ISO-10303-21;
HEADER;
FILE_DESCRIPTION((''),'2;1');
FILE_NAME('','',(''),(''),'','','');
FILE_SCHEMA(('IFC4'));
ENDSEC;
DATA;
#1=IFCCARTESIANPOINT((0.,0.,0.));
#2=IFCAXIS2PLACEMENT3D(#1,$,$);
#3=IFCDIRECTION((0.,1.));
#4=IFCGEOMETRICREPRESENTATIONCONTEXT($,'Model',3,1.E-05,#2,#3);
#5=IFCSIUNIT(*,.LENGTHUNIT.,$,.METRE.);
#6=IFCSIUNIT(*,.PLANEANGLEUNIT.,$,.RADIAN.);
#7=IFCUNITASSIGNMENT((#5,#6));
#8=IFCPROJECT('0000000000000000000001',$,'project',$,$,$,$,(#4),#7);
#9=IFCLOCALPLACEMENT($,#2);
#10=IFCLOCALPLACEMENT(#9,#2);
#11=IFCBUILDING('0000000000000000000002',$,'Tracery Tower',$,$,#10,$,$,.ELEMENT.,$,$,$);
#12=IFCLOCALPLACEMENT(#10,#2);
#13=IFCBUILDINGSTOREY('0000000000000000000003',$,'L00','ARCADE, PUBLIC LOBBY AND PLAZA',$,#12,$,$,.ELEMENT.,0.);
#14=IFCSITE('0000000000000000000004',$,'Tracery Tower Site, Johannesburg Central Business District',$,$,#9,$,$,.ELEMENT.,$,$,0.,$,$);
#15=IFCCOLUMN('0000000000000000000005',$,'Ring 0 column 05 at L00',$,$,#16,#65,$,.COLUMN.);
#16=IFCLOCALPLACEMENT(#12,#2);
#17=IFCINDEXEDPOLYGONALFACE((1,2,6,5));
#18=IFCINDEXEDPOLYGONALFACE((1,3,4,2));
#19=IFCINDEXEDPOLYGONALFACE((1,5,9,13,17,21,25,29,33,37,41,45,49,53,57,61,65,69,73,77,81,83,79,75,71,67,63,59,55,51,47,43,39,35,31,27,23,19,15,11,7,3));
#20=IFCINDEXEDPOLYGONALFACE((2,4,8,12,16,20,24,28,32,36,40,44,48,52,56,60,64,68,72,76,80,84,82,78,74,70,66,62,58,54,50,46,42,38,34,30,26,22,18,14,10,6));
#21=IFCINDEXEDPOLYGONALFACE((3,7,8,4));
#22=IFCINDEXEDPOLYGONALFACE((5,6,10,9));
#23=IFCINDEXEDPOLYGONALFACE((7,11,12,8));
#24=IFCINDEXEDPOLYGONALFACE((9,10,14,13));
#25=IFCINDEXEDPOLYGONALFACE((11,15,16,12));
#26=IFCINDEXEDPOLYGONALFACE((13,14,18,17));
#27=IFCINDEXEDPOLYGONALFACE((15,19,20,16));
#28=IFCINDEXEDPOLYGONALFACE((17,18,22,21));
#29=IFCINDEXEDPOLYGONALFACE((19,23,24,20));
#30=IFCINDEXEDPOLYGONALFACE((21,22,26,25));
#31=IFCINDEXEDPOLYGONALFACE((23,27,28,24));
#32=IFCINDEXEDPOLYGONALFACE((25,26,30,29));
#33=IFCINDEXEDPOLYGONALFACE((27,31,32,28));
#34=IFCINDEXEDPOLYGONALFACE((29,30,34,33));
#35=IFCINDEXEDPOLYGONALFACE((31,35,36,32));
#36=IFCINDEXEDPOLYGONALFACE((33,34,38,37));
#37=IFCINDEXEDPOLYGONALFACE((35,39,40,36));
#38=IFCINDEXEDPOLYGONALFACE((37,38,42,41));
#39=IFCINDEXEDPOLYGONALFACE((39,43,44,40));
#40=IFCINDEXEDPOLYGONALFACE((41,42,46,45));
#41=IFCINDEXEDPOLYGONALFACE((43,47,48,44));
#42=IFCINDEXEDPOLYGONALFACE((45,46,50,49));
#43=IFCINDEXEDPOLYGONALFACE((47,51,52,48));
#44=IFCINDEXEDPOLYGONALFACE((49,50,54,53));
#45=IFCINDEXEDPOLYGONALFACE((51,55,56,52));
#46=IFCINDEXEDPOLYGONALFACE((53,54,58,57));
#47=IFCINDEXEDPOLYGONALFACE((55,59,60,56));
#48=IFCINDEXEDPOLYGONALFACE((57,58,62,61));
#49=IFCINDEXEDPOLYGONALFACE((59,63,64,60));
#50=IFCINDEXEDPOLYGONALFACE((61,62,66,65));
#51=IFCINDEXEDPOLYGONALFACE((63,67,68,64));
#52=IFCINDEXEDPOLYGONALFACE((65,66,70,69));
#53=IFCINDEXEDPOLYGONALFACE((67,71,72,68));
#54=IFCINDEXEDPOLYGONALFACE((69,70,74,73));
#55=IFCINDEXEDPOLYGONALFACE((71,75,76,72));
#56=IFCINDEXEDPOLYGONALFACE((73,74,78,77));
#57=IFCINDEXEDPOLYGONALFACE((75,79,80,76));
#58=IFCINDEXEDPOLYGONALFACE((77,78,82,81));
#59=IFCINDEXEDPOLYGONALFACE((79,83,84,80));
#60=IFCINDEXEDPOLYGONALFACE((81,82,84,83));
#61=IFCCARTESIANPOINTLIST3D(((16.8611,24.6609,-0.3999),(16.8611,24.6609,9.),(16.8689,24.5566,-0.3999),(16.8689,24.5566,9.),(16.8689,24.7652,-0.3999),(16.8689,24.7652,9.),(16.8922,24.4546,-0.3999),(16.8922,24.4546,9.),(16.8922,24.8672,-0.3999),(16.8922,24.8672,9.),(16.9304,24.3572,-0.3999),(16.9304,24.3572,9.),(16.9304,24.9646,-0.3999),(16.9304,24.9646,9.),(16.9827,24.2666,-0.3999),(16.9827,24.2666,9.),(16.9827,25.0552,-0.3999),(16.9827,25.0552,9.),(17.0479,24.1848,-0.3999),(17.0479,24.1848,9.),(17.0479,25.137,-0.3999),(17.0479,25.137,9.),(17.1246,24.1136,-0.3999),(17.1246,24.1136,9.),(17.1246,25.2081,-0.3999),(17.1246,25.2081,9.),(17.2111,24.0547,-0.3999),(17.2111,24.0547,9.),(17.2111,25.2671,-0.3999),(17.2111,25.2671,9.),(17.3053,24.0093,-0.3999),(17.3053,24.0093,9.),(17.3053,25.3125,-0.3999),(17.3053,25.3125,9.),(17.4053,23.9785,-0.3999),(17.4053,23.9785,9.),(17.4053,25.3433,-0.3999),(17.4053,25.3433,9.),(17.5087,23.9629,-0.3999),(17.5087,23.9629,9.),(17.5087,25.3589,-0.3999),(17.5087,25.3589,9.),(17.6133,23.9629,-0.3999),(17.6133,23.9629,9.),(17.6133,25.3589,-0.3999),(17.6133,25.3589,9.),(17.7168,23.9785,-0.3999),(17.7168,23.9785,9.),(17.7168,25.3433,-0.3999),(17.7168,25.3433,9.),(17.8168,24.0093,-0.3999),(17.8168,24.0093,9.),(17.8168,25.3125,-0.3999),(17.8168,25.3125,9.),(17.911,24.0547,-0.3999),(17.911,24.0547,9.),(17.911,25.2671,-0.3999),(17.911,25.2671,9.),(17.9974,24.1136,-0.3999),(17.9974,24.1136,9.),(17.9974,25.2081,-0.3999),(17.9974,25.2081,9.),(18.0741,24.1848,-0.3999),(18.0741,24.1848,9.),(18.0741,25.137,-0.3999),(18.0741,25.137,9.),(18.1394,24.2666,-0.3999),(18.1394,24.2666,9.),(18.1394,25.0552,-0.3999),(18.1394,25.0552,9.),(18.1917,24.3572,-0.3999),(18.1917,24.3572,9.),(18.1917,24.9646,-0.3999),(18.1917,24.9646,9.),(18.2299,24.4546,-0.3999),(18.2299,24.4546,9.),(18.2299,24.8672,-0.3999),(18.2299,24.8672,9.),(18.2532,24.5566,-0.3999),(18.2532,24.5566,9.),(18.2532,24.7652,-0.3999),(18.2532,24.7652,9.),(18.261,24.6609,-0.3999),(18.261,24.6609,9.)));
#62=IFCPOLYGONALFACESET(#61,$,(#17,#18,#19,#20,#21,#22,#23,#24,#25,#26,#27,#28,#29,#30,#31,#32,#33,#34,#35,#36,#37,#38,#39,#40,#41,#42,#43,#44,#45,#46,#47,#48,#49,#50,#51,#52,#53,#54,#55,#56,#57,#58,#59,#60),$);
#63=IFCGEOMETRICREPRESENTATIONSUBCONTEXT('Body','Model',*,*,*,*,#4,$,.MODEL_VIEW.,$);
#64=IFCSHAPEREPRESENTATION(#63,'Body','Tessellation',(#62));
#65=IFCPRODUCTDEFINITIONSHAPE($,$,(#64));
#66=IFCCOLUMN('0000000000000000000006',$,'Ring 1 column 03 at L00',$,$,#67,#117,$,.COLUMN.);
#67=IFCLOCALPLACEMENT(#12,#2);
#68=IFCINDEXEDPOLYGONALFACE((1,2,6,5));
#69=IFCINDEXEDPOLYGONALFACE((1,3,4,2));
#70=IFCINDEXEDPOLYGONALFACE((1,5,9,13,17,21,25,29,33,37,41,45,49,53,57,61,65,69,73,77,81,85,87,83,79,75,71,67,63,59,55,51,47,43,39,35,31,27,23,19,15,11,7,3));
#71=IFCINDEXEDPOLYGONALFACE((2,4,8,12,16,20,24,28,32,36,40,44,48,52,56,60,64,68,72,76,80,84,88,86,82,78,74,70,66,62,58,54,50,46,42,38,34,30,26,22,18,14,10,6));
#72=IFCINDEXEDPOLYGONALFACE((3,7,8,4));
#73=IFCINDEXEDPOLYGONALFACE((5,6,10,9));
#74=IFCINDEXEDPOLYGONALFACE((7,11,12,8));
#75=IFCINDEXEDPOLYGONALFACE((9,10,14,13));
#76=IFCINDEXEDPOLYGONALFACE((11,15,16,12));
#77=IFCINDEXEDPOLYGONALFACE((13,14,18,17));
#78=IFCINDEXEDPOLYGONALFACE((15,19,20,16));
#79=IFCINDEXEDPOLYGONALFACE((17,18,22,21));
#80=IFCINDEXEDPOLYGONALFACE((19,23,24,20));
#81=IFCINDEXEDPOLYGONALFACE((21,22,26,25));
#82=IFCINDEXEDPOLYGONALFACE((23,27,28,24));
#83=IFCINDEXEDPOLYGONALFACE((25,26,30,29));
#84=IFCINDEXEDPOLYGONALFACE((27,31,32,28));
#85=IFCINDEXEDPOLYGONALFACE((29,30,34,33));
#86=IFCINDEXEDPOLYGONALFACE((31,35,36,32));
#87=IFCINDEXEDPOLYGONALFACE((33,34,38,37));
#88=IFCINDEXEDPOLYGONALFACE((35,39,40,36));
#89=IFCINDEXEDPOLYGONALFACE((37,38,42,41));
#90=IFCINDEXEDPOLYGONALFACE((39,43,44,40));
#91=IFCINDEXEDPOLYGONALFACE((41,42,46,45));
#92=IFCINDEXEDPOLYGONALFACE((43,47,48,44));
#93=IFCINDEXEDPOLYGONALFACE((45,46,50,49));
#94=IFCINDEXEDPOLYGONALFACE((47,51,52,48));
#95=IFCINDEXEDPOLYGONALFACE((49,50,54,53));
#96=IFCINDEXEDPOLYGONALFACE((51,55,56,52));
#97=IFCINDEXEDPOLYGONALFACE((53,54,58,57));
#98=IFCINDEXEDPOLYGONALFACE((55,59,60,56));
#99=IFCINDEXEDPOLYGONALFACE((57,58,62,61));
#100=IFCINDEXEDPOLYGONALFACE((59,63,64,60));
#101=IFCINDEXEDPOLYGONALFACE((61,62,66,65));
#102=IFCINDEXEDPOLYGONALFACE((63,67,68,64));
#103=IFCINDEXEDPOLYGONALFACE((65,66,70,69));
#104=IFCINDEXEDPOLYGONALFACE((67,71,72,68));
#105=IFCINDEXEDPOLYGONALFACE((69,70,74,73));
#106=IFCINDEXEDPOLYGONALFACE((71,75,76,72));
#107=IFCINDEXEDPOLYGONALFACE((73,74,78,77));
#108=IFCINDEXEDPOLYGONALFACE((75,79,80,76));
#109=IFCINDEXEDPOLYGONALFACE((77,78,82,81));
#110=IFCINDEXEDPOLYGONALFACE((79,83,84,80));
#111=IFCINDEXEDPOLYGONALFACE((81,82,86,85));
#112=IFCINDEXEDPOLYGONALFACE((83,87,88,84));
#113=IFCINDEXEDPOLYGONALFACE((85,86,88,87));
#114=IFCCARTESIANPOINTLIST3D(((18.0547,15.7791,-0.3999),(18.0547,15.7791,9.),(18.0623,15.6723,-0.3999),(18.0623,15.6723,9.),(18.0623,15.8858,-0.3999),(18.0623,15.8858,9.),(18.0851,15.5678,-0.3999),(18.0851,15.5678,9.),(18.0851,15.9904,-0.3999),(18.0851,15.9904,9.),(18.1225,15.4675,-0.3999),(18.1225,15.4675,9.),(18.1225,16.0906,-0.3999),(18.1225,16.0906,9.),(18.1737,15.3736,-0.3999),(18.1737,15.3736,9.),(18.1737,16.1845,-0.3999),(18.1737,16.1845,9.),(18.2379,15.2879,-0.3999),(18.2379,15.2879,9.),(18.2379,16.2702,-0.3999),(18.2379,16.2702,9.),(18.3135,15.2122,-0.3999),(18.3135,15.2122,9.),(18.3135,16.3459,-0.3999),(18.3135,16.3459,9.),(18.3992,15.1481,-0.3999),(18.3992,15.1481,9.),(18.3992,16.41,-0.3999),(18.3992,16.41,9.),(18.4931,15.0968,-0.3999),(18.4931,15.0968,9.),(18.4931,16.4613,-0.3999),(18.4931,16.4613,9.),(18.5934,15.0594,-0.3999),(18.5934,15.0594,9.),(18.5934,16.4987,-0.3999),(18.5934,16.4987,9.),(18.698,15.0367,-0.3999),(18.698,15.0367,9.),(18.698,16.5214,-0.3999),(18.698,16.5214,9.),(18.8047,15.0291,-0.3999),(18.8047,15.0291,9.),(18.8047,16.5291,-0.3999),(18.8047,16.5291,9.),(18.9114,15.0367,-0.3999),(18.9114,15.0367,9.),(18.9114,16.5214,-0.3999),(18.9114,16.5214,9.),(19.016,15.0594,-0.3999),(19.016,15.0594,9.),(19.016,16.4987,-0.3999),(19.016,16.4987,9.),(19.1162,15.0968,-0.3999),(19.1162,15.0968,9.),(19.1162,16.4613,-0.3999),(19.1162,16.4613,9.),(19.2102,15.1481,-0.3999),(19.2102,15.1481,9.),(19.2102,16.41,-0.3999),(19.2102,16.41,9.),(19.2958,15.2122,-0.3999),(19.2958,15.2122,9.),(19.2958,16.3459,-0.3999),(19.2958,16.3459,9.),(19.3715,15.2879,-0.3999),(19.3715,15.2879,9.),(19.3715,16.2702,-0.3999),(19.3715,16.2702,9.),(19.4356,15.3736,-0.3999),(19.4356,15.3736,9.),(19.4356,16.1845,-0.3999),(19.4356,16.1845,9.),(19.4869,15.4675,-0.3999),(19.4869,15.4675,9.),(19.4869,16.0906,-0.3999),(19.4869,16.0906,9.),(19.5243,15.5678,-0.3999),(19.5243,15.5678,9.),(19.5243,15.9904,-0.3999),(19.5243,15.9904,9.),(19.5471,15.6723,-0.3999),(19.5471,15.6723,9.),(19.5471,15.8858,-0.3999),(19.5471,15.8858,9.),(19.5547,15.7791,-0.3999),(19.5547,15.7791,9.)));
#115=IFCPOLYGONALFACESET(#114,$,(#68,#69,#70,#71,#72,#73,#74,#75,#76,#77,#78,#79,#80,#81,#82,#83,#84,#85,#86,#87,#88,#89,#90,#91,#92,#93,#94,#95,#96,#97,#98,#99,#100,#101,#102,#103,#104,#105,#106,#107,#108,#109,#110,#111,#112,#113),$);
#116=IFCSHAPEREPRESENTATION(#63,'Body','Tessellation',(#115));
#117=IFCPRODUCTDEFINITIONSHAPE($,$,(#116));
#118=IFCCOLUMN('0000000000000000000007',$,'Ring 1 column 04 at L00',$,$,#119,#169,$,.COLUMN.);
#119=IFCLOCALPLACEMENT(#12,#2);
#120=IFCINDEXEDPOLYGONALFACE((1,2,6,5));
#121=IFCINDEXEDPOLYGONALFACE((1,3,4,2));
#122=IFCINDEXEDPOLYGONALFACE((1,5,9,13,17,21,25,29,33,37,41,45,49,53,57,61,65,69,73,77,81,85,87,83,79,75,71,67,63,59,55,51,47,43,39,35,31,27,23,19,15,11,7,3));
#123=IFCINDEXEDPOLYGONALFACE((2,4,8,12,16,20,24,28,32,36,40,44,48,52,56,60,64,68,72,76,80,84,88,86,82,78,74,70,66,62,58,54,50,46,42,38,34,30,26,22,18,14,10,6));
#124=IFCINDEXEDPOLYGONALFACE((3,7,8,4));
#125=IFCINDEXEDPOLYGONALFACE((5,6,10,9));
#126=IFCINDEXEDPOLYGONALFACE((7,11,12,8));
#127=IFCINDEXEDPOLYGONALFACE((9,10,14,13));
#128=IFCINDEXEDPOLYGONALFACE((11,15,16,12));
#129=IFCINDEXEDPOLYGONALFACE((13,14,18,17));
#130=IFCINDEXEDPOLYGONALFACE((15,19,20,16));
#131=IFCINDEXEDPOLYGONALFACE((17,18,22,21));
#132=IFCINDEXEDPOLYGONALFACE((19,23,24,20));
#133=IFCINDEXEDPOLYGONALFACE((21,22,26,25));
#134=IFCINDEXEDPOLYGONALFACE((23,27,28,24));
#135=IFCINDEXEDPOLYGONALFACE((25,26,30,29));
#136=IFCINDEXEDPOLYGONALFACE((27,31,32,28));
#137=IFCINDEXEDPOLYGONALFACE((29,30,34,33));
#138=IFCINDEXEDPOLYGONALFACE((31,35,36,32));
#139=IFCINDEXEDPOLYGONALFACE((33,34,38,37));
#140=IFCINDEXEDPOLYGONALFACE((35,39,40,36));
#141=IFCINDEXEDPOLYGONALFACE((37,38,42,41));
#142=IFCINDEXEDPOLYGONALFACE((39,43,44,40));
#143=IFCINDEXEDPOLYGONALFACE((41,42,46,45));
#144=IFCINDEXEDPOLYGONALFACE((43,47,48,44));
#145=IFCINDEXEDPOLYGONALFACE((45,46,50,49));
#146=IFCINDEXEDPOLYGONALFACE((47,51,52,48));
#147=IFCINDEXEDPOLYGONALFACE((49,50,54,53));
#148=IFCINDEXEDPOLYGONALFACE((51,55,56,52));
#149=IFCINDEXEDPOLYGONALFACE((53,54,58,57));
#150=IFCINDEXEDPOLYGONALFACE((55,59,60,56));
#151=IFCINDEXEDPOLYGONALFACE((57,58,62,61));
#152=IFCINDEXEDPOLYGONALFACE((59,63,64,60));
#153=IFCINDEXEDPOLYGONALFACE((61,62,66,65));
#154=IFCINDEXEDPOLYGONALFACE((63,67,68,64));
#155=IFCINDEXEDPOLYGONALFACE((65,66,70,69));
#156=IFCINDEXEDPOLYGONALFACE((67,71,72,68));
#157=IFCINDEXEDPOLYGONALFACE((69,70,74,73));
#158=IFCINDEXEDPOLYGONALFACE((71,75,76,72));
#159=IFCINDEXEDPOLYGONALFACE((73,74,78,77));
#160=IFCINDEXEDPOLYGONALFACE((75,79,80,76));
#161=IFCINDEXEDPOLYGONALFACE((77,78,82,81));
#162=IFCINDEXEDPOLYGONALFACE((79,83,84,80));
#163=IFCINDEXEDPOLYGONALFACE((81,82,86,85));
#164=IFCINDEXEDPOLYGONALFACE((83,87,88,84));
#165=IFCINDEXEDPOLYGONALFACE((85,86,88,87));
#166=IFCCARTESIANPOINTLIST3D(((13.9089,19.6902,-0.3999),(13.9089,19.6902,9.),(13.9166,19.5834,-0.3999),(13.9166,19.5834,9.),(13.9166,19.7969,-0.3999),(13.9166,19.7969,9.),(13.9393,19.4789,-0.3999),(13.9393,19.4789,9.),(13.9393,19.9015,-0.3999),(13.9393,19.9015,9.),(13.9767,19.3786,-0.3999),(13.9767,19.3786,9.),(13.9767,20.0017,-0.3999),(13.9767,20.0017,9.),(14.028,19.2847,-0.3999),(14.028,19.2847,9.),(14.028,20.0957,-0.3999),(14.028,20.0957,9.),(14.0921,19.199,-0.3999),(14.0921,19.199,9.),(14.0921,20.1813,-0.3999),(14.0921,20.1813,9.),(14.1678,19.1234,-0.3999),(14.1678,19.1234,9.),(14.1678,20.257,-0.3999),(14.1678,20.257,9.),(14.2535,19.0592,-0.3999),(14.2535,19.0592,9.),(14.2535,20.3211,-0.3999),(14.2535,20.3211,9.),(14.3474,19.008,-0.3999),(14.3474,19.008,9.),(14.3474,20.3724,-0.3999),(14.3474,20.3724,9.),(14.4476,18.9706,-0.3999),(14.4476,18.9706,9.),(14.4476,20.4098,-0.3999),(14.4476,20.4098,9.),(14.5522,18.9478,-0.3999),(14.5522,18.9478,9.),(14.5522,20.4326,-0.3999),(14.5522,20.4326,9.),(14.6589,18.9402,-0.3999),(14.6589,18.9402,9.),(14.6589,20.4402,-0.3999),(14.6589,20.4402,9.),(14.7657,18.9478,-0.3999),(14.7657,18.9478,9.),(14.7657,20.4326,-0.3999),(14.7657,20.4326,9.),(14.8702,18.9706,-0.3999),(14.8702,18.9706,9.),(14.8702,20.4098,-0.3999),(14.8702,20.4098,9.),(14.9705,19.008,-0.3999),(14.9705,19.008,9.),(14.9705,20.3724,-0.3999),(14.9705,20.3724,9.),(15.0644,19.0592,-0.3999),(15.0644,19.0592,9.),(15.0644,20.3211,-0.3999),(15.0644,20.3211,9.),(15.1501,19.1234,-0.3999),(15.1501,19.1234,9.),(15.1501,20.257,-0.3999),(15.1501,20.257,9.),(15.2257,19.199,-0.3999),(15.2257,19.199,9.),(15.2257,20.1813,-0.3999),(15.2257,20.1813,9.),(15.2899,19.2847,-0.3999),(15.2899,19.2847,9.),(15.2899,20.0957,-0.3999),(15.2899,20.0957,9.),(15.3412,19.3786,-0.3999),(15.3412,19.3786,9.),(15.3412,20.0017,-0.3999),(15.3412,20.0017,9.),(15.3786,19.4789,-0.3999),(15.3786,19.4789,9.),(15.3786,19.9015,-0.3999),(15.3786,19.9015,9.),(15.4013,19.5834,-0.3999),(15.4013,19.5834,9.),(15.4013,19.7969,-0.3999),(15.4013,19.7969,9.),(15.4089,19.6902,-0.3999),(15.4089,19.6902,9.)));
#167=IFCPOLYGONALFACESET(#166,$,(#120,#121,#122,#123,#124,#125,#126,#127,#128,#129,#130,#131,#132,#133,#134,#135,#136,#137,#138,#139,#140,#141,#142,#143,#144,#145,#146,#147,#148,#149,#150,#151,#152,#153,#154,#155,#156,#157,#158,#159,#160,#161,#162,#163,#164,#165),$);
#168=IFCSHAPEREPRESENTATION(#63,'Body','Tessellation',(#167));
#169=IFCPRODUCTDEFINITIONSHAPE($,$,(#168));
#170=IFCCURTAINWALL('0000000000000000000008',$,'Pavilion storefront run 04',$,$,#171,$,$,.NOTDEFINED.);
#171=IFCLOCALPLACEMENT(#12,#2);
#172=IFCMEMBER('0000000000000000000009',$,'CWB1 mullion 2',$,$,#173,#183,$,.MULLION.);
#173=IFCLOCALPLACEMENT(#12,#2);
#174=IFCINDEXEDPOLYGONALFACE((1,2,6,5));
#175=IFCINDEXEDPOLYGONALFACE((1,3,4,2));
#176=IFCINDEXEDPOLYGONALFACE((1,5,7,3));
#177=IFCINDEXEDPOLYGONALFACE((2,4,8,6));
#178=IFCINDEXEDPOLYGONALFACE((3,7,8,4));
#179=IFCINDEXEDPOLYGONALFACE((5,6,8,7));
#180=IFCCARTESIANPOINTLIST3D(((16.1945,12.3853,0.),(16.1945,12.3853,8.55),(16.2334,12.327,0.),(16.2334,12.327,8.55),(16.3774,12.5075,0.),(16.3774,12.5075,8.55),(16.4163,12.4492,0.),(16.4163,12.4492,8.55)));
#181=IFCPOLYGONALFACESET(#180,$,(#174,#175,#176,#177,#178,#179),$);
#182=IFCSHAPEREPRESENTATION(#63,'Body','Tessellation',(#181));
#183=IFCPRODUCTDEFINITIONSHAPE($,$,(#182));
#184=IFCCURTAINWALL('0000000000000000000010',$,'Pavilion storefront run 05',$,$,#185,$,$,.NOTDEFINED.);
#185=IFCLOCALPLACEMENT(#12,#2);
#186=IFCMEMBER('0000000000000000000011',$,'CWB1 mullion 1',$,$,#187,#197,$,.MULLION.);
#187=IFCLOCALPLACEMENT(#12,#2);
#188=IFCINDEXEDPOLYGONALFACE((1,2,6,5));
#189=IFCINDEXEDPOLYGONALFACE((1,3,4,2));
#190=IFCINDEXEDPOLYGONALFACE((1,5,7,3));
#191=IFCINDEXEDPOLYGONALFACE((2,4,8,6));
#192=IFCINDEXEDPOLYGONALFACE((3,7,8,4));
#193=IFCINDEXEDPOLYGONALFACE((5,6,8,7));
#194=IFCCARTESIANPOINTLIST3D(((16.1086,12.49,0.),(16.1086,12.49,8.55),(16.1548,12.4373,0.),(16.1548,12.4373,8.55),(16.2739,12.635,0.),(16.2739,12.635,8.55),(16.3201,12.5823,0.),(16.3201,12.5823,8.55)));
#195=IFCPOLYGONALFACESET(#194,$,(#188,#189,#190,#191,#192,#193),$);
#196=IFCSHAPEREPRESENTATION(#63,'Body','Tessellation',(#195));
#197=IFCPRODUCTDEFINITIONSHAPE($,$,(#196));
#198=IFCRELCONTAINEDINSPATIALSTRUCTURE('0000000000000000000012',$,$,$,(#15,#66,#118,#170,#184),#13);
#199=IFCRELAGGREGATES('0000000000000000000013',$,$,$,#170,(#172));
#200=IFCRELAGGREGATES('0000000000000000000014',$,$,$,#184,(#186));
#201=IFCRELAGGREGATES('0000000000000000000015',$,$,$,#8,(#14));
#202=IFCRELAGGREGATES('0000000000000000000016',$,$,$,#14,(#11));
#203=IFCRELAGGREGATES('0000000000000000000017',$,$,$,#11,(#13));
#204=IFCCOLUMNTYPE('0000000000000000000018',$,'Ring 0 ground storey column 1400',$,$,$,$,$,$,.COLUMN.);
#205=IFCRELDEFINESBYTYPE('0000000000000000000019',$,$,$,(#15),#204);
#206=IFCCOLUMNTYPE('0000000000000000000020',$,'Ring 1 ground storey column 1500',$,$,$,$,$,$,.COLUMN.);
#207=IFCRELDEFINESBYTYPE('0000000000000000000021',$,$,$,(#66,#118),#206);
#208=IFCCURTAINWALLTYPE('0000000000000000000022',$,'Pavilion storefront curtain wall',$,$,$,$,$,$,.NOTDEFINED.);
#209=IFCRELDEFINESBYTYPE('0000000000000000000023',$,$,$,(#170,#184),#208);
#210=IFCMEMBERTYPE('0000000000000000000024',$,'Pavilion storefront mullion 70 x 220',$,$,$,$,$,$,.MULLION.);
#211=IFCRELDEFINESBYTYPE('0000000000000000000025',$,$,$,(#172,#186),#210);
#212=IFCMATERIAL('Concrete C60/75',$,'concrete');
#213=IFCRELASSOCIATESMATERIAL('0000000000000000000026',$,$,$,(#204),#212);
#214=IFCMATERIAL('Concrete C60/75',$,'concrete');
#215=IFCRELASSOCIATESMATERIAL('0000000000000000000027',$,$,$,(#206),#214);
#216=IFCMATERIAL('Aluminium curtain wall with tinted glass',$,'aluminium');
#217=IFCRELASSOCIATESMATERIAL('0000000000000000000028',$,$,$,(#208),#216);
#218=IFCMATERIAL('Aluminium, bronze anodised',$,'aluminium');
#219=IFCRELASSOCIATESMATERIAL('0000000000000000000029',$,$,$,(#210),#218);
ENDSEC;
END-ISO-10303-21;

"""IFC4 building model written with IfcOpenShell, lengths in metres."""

from ifc_helpers import new_model, si_unit, direction, frame, origin, origin_2d, place, context, subcontext, project, spatial, rectangle, circle, extrude, material, material_profile, profile_set, type_object, element, aggregate, save


model = new_model("IFC4")

# Units and contexts
model_context = context("Model", 3, precision=1e-05, world=origin(), true_north=direction((0.0, 1.0)))
body_context = subcontext(model_context, "Body", "Model", "MODEL_VIEW")
ifc_project = project(units=[si_unit("LENGTHUNIT", "METRE"), si_unit("PLANEANGLEUNIT", "RADIAN")], contexts=[model_context])

# Site, building, storey
site_placement = place(None, origin())
site = spatial("IfcSite", under=ifc_project, at=site_placement, Name="Tracery Tower Site, Johannesburg Central Business District", CompositionType="ELEMENT", RefElevation=0.0)
building_placement = place(site_placement, origin())
building = spatial("IfcBuilding", under=site, at=building_placement, Name="Tracery Tower", CompositionType="ELEMENT")
storey_placement = place(building_placement, origin())
storey = spatial("IfcBuildingStorey", under=building, at=storey_placement, Name="L00", Description="ARCADE, PUBLIC LOBBY AND PLAZA", CompositionType="ELEMENT", Elevation=0.0)

# Columns
ifc_material_1 = material(Name="Concrete C60/75", Category="concrete")
ifc_material_profile_1 = material_profile(ifc_material_1, circle(Radius=0.7, at=origin_2d()), Name="RC D1400")
ifc_profile_set_1 = profile_set([ifc_material_profile_1], Name="Concrete C60/75")
column_type_1 = type_object("IfcColumnType", Name="Ring 0 ground storey column 1400", PredefinedType="COLUMN", material=ifc_profile_set_1)
for number, where, z_axis, x_axis, name in (
    (1, (17.561, 24.6609, -0.3999), (0.0, 0.0, 1.0), (1.0, 0.0, 0.0), "Ring 0 column 05 at L00"),
):
    element("IfcColumn", number, at=place(storey_placement, frame(where, z_axis=z_axis, x_axis=x_axis)), inside=storey, type_object=column_type_1, Name=name, PredefinedType="COLUMN", context=body_context, shape_type="SweptSolid", body=[
        extrude(circle(Radius=0.7, at=origin_2d()), origin(), (0.0, 0.0, 1.0), 9.3999),
    ])
ifc_material_2 = material(Name="Concrete C60/75", Category="concrete")
ifc_material_profile_2 = material_profile(ifc_material_2, circle(Radius=0.75, at=origin_2d()), Name="RC D1500")
ifc_profile_set_2 = profile_set([ifc_material_profile_2], Name="Concrete C60/75")
column_type_2 = type_object("IfcColumnType", Name="Ring 1 ground storey column 1500", PredefinedType="COLUMN", material=ifc_profile_set_2)
for number, where, z_axis, x_axis, name in (
    (2, (18.8047, 15.7791, -0.3999), (0.0, 0.0, 1.0), (1.0, 0.0, 0.0), "Ring 1 column 03 at L00"),
    (3, (14.6589, 19.6902, -0.3999), (0.0, 0.0, 1.0), (1.0, 0.0, 0.0), "Ring 1 column 04 at L00"),
):
    element("IfcColumn", number, at=place(storey_placement, frame(where, z_axis=z_axis, x_axis=x_axis)), inside=storey, type_object=column_type_2, Name=name, PredefinedType="COLUMN", context=body_context, shape_type="SweptSolid", body=[
        extrude(circle(Radius=0.75, at=origin_2d()), origin(), (0.0, 0.0, 1.0), 9.3999),
    ])

# Curtain wall, member
ifc_material_3 = material(Name="Aluminium curtain wall with tinted glass", Category="aluminium")
curtain_wall_type = type_object("IfcCurtainWallType", Name="Pavilion storefront curtain wall", PredefinedType="NOTDEFINED", material=ifc_material_3)
curtain_wall_1_placement = place(storey_placement, origin())
curtain_wall_1 = element("IfcCurtainWall", 4, at=curtain_wall_1_placement, inside=storey, type_object=curtain_wall_type, Name="Pavilion storefront run 04", PredefinedType="NOTDEFINED")
ifc_material_4 = material(Name="Aluminium, bronze anodised", Category="aluminium")
ifc_material_profile_3 = material_profile(ifc_material_4, rectangle(XDim=0.22, YDim=0.0701, at=origin_2d()), Name="Pavilion storefront mullion 70 x 220")
ifc_profile_set_3 = profile_set([ifc_material_profile_3], Name="Aluminium, bronze anodised")
member_type_1 = type_object("IfcMemberType", Name="Pavilion storefront mullion 70 x 220", PredefinedType="MULLION", material=ifc_profile_set_3)
member_1_placement = place(storey_placement, frame((16.3054, 12.4172, 0.0), z_axis=(0.0, 0.0, 1.0), x_axis=(-0.831476, -0.55556, 0.0)))
member_1 = element("IfcMember", 5, at=member_1_placement, type_object=member_type_1, Name="CWB1 mullion 2", PredefinedType="MULLION", context=body_context, shape_type="SweptSolid", body=[
    extrude(rectangle(XDim=0.22, YDim=0.0701, at=origin_2d()), origin(), (0.0, 0.0, 1.0), 8.55),
])
aggregate(curtain_wall_1, [member_1])

# Curtain wall, member
curtain_wall_2_placement = place(storey_placement, origin())
curtain_wall_2 = element("IfcCurtainWall", 6, at=curtain_wall_2_placement, inside=storey, type_object=curtain_wall_type, Name="Pavilion storefront run 05", PredefinedType="NOTDEFINED")
member_2_placement = place(storey_placement, frame((16.2144, 12.5361, 0.0), z_axis=(0.0, 0.0, 1.0), x_axis=(-0.751836, -0.659351, 0.0)))
member_2 = element("IfcMember", 7, at=member_2_placement, type_object=member_type_1, Name="CWB1 mullion 1", PredefinedType="MULLION", context=body_context, shape_type="SweptSolid", body=[
    extrude(rectangle(XDim=0.22, YDim=0.0701, at=origin_2d()), origin(), (0.0, 0.0, 1.0), 8.55),
])

aggregate(curtain_wall_2, [member_2])

save(model, "model.ifc")
